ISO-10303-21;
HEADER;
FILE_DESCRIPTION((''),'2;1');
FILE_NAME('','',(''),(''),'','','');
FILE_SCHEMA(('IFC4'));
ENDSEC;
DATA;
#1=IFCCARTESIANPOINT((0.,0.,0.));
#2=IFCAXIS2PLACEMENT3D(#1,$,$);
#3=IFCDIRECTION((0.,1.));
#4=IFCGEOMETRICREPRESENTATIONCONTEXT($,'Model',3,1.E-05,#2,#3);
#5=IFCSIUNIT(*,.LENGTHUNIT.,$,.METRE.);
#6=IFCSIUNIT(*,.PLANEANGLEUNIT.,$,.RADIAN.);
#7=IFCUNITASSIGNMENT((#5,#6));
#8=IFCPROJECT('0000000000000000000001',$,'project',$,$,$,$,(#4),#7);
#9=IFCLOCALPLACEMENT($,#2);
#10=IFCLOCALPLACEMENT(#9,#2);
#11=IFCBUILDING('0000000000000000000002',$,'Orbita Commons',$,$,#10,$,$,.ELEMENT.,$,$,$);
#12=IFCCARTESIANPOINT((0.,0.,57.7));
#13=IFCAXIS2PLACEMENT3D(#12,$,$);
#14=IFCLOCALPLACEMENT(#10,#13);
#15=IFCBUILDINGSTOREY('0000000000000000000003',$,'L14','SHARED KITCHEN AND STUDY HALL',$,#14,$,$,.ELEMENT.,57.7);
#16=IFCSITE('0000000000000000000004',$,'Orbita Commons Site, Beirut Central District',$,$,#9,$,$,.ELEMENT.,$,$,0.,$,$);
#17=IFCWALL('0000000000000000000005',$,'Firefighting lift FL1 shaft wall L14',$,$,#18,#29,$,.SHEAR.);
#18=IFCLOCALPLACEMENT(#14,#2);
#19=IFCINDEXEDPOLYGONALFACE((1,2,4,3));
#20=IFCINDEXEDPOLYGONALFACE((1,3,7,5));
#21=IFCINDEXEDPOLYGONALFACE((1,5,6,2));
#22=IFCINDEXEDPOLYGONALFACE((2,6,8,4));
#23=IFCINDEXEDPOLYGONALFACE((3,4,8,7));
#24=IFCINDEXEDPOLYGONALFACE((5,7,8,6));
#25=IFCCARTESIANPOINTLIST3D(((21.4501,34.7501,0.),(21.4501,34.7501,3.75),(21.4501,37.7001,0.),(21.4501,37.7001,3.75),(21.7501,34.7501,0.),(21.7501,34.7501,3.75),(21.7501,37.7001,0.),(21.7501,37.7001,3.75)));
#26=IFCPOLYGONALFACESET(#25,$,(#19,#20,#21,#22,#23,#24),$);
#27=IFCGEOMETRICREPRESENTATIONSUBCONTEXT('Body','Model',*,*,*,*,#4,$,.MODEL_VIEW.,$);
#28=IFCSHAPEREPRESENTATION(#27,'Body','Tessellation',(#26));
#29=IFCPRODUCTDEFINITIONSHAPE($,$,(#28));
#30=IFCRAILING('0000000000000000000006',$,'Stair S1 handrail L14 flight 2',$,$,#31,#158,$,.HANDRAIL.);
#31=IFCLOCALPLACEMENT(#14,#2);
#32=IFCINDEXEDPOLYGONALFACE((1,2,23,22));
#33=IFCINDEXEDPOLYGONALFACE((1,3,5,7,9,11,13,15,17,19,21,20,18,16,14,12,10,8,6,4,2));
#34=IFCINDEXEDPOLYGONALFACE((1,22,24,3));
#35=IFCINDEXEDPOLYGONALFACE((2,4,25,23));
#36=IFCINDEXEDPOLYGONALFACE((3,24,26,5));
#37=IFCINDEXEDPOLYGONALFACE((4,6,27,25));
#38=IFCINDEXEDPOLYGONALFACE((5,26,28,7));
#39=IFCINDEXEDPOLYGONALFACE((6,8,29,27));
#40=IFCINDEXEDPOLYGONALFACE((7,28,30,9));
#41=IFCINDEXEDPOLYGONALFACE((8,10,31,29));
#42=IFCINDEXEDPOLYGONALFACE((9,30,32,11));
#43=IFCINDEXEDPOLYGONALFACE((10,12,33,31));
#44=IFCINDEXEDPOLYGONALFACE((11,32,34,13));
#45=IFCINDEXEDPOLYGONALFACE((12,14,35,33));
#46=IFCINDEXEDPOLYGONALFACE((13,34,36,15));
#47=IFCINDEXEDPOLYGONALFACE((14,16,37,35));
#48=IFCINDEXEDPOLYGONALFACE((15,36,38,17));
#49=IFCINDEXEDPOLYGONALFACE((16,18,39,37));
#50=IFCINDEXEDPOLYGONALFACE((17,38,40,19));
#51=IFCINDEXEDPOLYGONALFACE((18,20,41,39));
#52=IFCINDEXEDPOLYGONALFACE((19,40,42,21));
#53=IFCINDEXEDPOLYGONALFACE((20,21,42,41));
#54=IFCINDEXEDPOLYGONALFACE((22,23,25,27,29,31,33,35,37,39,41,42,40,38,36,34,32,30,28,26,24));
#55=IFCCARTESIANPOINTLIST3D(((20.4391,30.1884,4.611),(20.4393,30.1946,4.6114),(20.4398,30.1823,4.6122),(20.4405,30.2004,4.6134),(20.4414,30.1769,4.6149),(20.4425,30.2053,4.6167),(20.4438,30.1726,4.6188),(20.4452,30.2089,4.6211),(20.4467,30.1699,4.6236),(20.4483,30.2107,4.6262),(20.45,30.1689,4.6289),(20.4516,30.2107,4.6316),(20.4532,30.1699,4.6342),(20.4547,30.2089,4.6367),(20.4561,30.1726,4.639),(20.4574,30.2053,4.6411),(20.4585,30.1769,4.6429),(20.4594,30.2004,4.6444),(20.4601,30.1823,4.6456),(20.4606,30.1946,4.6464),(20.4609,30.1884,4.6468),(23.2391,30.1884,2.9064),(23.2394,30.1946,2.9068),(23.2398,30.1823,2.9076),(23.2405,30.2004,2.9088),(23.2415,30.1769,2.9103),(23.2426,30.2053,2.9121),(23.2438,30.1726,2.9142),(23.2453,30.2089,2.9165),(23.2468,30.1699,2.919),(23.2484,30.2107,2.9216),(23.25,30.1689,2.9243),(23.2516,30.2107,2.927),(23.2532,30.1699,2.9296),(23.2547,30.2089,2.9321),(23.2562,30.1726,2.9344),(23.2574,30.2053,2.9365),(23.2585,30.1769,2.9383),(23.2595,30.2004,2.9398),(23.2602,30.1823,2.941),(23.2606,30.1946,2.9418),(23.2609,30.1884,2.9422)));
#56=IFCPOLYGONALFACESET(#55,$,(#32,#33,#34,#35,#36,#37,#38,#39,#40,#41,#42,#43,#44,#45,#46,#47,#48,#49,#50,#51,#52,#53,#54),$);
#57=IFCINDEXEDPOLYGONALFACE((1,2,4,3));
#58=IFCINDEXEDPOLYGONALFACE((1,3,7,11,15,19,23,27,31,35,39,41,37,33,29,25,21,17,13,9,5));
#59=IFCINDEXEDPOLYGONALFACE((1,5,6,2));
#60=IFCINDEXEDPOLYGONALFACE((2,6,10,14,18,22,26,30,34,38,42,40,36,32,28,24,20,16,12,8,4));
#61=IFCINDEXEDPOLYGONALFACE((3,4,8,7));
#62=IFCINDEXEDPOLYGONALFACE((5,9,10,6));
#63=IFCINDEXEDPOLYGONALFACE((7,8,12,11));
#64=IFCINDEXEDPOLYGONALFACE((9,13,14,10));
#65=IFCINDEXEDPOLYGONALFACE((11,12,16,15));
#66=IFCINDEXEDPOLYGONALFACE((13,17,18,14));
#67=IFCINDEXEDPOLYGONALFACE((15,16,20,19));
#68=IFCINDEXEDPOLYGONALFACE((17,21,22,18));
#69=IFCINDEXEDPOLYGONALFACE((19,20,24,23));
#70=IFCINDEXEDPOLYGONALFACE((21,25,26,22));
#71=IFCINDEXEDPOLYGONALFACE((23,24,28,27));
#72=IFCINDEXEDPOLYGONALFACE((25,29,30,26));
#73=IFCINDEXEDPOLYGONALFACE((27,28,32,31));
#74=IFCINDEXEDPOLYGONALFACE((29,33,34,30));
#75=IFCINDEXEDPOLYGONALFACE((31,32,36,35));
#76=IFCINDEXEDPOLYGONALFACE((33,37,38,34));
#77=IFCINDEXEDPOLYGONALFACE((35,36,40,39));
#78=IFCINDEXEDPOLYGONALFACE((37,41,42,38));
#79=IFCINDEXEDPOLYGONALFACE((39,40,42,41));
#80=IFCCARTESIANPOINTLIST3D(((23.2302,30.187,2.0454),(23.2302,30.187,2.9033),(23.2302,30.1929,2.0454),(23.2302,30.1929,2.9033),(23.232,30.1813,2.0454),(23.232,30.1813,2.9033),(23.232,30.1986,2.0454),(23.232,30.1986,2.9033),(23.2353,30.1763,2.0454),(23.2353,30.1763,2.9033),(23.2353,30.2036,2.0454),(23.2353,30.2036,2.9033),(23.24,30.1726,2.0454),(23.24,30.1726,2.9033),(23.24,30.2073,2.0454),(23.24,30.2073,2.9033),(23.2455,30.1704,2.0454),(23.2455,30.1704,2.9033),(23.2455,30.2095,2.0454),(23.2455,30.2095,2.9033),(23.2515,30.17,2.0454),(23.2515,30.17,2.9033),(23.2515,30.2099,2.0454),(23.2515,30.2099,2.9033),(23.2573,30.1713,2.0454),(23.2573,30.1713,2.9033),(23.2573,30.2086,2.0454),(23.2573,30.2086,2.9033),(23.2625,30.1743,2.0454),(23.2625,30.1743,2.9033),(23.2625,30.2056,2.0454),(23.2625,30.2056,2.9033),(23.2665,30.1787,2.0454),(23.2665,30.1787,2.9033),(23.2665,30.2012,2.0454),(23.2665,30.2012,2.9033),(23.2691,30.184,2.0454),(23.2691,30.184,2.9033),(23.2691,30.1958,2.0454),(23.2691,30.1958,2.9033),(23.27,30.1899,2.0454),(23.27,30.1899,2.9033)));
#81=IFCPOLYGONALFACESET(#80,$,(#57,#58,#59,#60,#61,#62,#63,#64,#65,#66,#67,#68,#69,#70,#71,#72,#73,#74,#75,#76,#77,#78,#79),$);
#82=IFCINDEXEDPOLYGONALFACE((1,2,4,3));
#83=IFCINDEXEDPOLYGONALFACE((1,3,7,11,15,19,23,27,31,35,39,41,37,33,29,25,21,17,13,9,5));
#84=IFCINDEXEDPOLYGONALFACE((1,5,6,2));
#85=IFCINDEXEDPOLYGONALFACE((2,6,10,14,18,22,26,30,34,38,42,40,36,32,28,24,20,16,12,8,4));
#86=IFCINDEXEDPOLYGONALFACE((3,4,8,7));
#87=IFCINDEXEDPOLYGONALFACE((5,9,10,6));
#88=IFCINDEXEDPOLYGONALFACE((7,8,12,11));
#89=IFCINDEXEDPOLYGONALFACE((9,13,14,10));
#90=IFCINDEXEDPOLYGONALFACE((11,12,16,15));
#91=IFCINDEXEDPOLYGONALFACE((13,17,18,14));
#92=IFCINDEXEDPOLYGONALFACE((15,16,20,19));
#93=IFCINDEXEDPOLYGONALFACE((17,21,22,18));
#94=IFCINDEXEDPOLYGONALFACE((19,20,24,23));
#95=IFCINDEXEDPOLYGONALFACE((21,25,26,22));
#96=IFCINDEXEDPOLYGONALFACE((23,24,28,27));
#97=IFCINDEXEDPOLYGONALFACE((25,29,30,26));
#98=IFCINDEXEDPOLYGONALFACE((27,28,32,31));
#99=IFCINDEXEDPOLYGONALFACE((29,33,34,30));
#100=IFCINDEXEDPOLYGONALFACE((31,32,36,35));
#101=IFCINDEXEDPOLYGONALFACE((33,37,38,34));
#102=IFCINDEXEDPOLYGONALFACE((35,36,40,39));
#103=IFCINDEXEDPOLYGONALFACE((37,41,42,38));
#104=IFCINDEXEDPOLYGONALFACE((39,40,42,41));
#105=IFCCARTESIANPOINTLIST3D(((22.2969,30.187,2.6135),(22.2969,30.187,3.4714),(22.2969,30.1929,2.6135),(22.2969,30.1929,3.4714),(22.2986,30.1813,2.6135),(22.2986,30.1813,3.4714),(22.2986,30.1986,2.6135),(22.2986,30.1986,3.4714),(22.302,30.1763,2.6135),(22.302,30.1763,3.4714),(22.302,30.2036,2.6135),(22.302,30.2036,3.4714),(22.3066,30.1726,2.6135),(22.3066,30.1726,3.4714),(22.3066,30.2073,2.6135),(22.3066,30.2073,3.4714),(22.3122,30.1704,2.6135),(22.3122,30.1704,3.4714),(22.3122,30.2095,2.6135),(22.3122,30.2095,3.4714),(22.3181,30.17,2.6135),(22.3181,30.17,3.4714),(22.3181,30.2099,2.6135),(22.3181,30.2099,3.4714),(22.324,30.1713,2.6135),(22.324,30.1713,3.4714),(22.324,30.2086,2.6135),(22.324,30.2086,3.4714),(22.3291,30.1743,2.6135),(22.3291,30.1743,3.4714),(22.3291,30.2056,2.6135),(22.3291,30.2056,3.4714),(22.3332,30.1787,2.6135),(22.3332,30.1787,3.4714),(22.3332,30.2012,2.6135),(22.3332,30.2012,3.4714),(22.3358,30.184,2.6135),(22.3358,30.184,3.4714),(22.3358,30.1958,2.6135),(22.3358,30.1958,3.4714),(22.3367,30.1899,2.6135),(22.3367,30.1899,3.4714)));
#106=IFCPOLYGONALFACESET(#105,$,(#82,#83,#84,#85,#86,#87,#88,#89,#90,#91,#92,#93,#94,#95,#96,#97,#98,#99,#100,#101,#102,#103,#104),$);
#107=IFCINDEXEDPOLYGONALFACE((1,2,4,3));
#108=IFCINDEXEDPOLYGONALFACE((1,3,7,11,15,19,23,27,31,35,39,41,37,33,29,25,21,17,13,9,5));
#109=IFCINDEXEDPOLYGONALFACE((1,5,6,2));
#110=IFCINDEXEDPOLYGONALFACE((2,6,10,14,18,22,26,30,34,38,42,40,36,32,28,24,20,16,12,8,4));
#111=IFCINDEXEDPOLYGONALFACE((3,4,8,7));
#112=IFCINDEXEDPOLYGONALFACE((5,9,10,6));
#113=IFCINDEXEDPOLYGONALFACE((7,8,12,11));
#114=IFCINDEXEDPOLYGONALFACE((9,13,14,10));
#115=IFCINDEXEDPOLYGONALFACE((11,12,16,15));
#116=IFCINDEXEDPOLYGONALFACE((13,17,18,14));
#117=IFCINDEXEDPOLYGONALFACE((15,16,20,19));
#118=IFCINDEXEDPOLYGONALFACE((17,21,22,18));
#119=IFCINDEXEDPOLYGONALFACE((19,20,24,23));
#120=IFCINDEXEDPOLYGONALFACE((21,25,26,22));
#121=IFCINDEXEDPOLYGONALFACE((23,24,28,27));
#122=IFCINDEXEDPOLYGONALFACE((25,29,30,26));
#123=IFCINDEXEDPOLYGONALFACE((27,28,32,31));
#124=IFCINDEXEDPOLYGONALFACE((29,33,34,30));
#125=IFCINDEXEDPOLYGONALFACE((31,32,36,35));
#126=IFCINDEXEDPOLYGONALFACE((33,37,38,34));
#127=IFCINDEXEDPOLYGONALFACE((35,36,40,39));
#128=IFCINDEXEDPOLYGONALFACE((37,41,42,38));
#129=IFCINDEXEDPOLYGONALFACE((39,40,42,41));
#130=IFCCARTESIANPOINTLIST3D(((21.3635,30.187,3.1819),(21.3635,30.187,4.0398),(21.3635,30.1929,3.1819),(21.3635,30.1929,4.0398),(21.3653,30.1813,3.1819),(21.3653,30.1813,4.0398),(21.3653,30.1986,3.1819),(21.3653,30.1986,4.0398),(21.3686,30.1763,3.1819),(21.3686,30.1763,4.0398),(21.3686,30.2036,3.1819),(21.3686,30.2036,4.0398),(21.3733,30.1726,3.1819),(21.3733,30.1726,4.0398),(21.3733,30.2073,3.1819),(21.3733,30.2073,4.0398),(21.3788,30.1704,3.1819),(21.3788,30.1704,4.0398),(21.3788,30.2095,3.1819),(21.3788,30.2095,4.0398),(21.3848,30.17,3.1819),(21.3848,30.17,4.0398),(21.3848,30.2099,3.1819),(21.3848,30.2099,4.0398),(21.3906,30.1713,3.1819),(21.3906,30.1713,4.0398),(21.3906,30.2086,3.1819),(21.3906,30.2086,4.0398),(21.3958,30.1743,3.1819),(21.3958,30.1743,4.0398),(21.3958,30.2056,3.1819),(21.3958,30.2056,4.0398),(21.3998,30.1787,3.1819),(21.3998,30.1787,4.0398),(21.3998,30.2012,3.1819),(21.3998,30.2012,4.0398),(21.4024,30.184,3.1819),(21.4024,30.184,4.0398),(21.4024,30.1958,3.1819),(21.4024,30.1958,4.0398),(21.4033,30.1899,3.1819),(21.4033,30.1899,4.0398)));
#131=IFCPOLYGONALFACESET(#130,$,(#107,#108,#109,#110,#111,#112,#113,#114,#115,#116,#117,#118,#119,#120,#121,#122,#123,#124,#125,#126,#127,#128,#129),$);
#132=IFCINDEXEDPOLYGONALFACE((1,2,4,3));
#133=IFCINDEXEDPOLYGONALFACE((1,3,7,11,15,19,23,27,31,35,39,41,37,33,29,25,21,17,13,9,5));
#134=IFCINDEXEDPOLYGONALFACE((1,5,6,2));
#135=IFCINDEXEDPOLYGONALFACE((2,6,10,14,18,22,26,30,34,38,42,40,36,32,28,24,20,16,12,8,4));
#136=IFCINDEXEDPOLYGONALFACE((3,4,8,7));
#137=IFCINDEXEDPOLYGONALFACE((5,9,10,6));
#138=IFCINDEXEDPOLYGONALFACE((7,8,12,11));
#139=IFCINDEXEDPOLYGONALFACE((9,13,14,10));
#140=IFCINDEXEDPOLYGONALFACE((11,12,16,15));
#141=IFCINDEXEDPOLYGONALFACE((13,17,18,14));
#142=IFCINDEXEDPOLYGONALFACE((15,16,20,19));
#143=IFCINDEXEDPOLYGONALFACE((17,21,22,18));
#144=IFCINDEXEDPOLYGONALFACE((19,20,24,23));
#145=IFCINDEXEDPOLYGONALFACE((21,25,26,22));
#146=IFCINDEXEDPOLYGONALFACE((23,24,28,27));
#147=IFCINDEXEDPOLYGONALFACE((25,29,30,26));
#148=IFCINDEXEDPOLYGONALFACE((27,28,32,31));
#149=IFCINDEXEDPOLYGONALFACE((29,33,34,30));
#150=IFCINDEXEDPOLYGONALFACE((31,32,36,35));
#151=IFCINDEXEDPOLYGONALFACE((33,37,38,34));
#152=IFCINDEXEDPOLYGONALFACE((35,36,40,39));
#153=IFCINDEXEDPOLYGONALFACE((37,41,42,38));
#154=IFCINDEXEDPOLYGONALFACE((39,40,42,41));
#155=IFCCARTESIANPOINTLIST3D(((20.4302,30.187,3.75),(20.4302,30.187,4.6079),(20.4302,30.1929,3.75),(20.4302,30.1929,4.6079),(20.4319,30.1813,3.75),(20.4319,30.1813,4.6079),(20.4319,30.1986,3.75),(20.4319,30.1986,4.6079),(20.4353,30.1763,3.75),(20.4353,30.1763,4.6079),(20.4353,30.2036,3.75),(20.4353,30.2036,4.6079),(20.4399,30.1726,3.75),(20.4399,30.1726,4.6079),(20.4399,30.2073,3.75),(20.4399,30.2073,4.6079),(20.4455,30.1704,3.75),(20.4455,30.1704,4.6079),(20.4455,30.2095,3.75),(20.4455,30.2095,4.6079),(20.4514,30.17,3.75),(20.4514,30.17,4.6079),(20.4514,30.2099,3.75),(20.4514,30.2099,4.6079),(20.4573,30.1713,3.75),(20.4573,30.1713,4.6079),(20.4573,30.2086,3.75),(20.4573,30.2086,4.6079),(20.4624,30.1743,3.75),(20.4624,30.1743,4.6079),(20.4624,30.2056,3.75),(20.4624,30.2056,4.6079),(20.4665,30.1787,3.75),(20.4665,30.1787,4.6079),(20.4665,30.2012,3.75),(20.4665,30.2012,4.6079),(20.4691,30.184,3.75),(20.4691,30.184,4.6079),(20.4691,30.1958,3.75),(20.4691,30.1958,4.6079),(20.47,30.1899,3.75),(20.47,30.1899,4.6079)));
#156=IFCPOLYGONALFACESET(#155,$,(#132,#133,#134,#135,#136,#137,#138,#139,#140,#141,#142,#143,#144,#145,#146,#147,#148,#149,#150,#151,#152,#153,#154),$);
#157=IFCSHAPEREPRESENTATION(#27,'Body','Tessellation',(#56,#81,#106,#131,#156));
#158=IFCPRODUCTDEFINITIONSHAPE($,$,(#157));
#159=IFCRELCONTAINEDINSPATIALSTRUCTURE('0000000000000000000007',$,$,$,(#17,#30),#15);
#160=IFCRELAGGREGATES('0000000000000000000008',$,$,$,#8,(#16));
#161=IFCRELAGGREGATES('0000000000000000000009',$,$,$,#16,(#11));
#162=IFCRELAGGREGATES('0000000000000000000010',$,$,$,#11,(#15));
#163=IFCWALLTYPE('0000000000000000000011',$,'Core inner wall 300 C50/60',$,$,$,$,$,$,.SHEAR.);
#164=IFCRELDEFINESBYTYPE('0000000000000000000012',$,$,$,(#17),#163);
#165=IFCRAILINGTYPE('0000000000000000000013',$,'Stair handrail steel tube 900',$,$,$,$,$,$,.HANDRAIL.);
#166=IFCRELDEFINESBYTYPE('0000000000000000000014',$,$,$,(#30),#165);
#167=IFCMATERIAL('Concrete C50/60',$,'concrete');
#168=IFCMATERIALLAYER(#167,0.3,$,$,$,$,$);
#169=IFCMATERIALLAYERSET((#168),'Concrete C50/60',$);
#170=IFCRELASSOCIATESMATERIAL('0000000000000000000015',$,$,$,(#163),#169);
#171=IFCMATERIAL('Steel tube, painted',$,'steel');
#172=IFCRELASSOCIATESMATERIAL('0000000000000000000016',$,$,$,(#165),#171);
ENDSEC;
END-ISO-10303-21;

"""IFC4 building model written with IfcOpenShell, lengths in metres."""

from ifc_helpers import new_model, si_unit, direction, frame, frame_2d, origin, origin_2d, place, context, subcontext, project, spatial, rectangle, circle, extrude, material, layer, layer_set, type_object, element, save


model = new_model("IFC4")

# Units and contexts
model_context = context("Model", 3, precision=1e-05, world=origin(), true_north=direction((0.0, 1.0)))
body_context = subcontext(model_context, "Body", "Model", "MODEL_VIEW")
ifc_project = project(units=[si_unit("LENGTHUNIT", "METRE"), si_unit("PLANEANGLEUNIT", "RADIAN")], contexts=[model_context])

# Site, building, storey
site_placement = place(None, origin())
site = spatial("IfcSite", under=ifc_project, at=site_placement, Name="Orbita Commons Site, Beirut Central District", CompositionType="ELEMENT", RefElevation=0.0)
building_placement = place(site_placement, origin())
building = spatial("IfcBuilding", under=site, at=building_placement, Name="Orbita Commons", CompositionType="ELEMENT")
storey_placement = place(building_placement, frame((0.0, 0.0, 57.7)))
storey = spatial("IfcBuildingStorey", under=building, at=storey_placement, Name="L14", Description="SHARED KITCHEN AND STUDY HALL", CompositionType="ELEMENT", Elevation=57.7)

# Wall
ifc_material_1 = material(Name="Concrete C50/60", Category="concrete")
ifc_layer = layer(ifc_material_1, 0.3)
ifc_layer_set = layer_set([ifc_layer], Name="Concrete C50/60")
wall_type = type_object("IfcWallType", Name="Core inner wall 300 C50/60", PredefinedType="SHEAR", material=ifc_layer_set)
wall_placement = place(storey_placement, frame((21.6001, 34.75, 0.0), z_axis=(0.0, 0.0, 1.0), x_axis=(0.0, 1.0, 0.0)))
element("IfcWall", 1, at=wall_placement, inside=storey, type_object=wall_type, Name="Firefighting lift FL1 shaft wall L14", PredefinedType="SHEAR", context=body_context, shape_type="SweptSolid", body=[
    extrude(rectangle(XDim=2.95, YDim=0.3, at=frame_2d((1.4751, 0.0))), origin(), (0.0, 0.0, 1.0), 3.75),
])

# Railing
ifc_material_2 = material(Name="Steel tube, painted", Category="steel")
railing_type = type_object("IfcRailingType", Name="Stair handrail steel tube 900", PredefinedType="HANDRAIL", material=ifc_material_2)
railing_placement = place(storey_placement, frame((23.25, 30.1899, 2.0454)))
element("IfcRailing", 2, at=railing_placement, inside=storey, type_object=railing_type, Name="Stair S1 handrail L14 flight 2", PredefinedType="HANDRAIL", context=body_context, shape_type="SweptSolid", body=[
    extrude(circle(Radius=0.021, at=origin_2d()), frame((0.0, 0.0, 0.8789), z_axis=(-0.85417, 0.0, 0.519994), x_axis=(0.0, -1.0, 0.0)), (0.0, 0.0, 1.0), 3.2781),
    extrude(circle(Radius=0.02, at=origin_2d()), origin(), (0.0, 0.0, 1.0), 0.8579),
    extrude(circle(Radius=0.02, at=origin_2d()), frame((-0.9333, 0.0, 0.5681)), (0.0, 0.0, 1.0), 0.8579),
    extrude(circle(Radius=0.02, at=origin_2d()), frame((-1.8667, 0.0, 1.1365)), (0.0, 0.0, 1.0), 0.8579),
    extrude(circle(Radius=0.02, at=origin_2d()), frame((-2.8, 0.0, 1.7046)), (0.0, 0.0, 1.0), 0.8579),
])

save(model, "model.ifc")
